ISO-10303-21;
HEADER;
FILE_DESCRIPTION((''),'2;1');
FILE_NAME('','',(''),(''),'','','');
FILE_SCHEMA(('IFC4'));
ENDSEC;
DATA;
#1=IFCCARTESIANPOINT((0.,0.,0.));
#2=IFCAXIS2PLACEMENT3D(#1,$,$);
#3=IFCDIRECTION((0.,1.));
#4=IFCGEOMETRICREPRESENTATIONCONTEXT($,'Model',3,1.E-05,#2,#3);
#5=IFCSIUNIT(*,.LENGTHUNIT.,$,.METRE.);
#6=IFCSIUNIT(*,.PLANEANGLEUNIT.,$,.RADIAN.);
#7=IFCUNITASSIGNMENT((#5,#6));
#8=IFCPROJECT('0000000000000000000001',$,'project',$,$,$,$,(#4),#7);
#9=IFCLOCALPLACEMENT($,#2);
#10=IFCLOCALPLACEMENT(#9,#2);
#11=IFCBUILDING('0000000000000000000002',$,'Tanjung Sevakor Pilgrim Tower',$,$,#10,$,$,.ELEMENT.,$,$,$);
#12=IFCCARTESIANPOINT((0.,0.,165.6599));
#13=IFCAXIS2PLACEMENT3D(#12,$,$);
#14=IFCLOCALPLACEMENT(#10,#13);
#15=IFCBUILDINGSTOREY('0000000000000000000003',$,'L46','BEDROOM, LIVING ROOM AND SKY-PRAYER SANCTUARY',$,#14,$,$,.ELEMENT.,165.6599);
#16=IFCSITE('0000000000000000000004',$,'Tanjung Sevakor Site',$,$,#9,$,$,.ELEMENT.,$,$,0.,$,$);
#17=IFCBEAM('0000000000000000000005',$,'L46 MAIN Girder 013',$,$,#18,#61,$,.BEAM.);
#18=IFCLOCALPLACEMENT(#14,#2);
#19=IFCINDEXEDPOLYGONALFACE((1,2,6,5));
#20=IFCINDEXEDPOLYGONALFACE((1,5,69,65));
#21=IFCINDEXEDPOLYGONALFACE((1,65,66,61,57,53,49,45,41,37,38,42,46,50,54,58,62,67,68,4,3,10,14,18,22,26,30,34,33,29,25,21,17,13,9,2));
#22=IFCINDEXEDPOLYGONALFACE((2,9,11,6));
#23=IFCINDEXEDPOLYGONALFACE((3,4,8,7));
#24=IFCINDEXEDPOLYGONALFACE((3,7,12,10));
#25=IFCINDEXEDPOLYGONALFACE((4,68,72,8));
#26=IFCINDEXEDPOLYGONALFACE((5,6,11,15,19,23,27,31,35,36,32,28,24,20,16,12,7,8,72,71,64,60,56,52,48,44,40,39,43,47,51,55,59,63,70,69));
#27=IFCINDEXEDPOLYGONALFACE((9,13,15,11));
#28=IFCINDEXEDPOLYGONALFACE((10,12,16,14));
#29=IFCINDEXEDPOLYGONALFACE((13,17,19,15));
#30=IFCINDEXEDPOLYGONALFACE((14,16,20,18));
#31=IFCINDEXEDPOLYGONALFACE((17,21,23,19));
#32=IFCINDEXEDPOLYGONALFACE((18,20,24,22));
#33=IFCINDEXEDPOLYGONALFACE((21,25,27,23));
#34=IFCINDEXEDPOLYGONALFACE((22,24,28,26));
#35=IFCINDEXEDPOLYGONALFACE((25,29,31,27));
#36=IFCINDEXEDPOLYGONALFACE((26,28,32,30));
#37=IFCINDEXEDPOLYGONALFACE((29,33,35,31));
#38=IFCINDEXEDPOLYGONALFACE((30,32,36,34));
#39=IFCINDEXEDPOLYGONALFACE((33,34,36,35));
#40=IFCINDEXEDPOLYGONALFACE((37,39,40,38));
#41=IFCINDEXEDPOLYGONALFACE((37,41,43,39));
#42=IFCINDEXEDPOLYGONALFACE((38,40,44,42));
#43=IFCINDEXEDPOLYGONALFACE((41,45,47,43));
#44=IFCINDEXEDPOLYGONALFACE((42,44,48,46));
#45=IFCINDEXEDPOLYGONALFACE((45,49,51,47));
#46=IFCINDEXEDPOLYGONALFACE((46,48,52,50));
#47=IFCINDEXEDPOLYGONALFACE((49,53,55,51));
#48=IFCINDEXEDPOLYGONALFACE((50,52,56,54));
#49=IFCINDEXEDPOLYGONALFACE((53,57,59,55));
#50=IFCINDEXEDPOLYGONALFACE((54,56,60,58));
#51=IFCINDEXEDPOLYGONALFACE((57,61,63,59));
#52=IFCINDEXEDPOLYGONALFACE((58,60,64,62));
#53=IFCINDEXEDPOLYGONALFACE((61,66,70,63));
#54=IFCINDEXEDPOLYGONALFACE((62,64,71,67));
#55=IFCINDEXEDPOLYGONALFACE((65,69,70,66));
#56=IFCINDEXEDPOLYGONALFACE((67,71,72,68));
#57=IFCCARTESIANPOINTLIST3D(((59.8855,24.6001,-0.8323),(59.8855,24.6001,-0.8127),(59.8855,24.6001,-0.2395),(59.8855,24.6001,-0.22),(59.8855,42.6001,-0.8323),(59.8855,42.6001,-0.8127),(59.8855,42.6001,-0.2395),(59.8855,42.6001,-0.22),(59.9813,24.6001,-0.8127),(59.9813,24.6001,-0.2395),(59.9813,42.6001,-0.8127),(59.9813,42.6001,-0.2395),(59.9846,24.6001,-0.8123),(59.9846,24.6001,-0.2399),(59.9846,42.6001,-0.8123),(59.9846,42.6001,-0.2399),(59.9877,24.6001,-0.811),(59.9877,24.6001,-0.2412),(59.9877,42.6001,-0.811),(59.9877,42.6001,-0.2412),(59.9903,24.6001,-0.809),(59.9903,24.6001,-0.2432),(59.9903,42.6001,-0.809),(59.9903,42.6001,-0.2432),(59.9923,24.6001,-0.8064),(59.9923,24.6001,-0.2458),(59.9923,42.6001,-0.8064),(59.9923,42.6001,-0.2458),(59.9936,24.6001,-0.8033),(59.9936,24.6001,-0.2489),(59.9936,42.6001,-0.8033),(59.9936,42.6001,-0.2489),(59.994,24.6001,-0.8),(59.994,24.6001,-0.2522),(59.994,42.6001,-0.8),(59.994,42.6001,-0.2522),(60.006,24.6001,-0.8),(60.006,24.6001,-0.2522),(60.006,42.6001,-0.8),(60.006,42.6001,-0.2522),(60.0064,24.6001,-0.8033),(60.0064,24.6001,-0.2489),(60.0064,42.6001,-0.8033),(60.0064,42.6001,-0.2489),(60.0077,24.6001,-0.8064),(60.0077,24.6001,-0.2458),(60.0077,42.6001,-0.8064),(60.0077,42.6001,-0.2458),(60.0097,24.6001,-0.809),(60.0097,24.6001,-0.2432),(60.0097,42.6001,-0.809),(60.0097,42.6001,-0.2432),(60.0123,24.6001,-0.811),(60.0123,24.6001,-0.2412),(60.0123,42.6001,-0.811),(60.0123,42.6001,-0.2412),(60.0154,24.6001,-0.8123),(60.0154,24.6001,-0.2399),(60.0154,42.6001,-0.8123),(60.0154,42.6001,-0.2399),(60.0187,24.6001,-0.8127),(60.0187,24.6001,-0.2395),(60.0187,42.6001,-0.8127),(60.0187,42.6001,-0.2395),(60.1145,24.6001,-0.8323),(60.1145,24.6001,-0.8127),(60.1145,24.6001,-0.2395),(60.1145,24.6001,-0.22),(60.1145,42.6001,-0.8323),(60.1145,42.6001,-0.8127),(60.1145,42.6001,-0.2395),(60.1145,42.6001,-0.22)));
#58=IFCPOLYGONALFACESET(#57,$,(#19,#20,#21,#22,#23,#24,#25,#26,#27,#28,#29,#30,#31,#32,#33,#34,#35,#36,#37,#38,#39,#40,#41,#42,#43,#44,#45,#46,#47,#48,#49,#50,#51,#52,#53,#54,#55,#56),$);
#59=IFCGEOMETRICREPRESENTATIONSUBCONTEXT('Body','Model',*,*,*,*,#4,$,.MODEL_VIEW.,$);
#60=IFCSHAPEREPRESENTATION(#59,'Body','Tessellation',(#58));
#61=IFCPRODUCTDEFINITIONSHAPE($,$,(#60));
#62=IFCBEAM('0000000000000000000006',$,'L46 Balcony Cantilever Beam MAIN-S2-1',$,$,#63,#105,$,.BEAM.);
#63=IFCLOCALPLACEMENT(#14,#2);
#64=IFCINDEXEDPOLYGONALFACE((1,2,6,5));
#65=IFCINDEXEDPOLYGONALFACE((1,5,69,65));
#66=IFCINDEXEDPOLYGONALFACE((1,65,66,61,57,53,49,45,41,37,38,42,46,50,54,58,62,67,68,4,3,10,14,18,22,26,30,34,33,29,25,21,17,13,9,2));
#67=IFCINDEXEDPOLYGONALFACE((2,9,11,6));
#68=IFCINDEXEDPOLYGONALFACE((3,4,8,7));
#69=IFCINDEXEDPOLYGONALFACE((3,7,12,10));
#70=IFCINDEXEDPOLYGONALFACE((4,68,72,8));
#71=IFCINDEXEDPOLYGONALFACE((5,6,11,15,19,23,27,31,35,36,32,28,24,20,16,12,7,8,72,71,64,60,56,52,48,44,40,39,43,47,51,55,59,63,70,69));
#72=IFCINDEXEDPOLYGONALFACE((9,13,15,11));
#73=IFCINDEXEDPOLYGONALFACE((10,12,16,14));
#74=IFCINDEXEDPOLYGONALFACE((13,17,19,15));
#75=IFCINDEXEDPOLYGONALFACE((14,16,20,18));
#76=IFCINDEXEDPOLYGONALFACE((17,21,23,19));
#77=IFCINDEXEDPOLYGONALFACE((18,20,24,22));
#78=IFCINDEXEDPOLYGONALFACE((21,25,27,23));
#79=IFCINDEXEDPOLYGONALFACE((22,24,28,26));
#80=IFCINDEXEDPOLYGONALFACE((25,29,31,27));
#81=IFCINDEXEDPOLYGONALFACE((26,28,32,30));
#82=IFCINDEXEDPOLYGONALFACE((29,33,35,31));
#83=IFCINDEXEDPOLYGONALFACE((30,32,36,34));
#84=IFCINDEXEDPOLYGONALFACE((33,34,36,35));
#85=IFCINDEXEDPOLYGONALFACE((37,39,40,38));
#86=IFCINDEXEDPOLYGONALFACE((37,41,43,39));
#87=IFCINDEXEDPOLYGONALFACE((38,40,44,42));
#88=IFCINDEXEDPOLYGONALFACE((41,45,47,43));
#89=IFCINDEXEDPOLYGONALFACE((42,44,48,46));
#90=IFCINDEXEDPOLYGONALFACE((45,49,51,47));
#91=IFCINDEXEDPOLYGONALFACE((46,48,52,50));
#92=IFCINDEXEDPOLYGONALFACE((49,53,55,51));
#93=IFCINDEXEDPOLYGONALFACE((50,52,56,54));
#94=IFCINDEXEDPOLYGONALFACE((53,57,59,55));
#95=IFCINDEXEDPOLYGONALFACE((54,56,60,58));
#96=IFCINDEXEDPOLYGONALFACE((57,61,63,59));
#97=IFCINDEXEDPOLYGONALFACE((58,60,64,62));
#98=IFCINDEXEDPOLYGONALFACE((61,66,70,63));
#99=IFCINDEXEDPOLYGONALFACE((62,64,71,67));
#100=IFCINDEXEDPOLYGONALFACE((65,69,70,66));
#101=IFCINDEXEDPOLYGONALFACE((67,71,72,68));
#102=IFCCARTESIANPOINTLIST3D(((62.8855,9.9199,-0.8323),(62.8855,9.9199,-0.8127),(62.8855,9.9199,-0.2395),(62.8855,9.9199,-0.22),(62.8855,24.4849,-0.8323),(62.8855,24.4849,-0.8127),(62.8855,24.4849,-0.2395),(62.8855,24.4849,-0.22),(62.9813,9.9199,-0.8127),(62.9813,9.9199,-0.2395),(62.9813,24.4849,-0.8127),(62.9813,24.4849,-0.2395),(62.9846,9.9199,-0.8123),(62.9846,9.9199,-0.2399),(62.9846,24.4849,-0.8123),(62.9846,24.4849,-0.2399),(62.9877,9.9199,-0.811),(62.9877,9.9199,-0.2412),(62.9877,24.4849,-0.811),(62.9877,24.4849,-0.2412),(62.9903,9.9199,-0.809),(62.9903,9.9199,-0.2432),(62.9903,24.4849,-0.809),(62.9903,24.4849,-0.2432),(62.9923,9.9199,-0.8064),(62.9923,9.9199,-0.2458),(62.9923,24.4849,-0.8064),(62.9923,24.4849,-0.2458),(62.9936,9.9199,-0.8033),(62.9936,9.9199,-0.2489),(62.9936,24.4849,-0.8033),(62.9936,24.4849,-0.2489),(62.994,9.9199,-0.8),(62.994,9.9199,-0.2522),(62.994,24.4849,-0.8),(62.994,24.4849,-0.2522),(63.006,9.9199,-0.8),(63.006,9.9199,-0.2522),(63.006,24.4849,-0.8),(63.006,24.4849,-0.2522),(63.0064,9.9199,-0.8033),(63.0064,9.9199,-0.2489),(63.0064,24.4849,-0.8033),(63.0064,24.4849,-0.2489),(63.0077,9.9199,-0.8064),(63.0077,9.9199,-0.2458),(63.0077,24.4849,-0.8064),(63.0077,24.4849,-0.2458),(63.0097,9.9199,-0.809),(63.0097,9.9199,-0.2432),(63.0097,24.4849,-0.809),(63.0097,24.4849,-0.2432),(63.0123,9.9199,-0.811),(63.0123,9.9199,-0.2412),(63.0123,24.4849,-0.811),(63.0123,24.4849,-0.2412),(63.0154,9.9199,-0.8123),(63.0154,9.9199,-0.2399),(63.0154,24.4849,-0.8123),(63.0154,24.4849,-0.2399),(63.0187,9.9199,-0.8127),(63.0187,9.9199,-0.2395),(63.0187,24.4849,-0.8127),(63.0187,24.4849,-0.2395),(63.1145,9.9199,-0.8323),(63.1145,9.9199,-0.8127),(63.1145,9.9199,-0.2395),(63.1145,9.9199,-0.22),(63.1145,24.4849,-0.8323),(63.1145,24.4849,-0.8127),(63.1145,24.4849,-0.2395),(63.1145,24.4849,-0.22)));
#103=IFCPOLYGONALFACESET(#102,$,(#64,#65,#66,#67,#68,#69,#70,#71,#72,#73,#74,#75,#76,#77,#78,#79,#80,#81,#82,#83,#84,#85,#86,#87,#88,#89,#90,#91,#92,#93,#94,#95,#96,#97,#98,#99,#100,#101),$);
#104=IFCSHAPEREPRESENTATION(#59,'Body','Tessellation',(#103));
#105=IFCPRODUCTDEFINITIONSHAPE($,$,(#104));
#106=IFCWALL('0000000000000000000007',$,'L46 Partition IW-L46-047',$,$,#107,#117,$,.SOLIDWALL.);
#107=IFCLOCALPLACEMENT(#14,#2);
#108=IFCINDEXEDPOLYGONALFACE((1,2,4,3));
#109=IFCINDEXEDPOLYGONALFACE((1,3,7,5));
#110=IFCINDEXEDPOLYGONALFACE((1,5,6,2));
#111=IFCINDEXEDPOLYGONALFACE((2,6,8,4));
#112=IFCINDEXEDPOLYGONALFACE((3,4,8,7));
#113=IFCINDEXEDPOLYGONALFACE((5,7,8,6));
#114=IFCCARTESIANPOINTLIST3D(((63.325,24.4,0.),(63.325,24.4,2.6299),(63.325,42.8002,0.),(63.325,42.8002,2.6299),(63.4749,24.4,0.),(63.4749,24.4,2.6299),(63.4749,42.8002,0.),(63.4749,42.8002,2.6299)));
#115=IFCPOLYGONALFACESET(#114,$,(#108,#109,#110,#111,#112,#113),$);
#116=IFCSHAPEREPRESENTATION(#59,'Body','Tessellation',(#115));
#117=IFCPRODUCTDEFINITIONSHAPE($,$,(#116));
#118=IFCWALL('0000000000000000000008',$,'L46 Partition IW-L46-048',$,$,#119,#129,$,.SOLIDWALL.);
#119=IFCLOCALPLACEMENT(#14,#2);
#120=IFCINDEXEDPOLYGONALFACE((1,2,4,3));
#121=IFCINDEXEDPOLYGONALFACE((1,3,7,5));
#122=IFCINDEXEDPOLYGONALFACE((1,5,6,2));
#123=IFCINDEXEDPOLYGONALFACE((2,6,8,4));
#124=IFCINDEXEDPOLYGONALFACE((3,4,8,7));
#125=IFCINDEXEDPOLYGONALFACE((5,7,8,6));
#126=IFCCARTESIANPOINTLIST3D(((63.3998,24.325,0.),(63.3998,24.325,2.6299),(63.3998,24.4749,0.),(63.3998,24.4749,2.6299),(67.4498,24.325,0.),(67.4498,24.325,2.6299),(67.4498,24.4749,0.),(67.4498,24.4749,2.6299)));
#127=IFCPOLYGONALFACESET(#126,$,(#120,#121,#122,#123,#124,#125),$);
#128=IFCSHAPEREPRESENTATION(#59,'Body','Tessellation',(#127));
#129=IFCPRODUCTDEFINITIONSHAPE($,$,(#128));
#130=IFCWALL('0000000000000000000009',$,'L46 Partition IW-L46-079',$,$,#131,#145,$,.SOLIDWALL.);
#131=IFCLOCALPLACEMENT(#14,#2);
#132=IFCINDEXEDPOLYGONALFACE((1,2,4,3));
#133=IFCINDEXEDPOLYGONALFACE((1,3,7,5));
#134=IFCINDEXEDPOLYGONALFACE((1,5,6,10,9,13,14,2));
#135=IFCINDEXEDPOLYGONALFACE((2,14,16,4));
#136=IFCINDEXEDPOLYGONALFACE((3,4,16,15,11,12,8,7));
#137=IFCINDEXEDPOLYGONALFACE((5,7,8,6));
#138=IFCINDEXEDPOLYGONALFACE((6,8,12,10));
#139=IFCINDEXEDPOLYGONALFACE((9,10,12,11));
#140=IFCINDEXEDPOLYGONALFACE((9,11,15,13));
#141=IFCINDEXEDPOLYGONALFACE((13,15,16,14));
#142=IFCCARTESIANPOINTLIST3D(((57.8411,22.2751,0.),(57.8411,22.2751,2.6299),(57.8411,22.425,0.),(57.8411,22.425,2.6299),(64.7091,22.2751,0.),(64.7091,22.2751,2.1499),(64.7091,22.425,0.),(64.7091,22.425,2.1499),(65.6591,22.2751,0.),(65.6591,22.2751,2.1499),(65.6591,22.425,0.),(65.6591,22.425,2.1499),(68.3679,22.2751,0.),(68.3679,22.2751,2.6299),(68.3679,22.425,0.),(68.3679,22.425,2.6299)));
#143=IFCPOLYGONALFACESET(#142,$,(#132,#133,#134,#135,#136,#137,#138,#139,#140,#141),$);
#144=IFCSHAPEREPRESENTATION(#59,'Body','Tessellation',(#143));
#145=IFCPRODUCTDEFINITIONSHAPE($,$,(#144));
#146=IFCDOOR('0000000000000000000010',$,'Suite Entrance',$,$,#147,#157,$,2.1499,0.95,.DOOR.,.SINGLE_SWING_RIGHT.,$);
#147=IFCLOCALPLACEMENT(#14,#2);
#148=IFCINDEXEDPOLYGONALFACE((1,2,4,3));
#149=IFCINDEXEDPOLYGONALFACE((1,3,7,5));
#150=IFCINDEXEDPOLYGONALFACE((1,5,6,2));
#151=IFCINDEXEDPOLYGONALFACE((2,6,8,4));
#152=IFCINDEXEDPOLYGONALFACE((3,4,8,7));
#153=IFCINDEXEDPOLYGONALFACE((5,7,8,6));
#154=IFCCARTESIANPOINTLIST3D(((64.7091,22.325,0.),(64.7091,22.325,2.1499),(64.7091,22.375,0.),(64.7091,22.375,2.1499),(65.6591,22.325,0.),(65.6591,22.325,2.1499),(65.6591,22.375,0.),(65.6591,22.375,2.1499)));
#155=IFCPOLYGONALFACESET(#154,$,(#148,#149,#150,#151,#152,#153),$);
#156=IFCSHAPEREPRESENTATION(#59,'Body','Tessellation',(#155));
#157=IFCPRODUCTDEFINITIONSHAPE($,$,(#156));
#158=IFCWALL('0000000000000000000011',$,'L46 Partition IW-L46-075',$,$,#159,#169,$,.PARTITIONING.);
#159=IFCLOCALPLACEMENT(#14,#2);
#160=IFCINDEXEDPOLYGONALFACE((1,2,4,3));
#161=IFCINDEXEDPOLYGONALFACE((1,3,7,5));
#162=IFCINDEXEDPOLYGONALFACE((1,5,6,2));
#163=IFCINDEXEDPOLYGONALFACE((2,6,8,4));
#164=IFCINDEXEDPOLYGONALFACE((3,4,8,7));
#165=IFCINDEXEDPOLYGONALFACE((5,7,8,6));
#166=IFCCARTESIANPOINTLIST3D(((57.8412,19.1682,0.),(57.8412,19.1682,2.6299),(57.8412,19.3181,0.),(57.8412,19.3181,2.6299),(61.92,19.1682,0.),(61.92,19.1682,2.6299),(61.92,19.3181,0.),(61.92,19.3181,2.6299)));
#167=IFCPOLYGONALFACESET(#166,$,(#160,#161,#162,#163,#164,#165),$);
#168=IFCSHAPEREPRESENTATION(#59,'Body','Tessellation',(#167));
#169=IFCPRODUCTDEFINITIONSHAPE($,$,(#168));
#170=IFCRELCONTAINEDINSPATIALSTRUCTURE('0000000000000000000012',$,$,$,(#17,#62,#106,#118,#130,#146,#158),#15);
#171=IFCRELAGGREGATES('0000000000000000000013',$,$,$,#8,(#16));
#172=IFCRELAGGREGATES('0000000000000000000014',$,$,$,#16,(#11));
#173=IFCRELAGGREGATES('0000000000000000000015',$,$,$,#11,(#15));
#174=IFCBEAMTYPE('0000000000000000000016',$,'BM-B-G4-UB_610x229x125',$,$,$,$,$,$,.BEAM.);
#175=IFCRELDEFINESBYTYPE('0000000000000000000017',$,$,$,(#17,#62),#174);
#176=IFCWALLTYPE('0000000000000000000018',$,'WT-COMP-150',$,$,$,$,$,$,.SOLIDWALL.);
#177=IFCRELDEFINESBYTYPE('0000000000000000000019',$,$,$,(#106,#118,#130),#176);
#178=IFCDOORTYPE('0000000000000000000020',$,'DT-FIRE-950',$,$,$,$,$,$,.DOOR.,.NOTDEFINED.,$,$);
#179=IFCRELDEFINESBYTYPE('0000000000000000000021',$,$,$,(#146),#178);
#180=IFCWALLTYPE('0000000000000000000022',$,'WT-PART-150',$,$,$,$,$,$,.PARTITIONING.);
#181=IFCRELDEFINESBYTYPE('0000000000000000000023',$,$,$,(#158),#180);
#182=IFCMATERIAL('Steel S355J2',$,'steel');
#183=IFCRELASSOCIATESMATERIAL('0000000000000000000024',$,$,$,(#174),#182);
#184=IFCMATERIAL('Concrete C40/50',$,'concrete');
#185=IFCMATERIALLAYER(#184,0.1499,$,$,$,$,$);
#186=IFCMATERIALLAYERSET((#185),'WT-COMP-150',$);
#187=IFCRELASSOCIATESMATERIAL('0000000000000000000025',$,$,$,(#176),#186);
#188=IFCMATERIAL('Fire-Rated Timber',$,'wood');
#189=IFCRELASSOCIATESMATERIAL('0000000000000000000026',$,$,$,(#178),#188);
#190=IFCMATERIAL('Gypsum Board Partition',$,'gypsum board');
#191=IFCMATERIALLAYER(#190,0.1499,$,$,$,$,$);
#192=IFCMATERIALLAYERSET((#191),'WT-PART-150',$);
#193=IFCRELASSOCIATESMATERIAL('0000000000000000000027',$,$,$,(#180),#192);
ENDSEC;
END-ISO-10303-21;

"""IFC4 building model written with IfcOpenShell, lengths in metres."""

from ifc_helpers import new_model, si_unit, direction, frame, frame_2d, origin, origin_2d, place, context, subcontext, project, spatial, rectangle, i_section, extrude, material, layer, layer_set, material_profile, profile_set, type_object, element, fill, save


model = new_model("IFC4")

# Units and contexts
model_context = context("Model", 3, precision=1e-05, world=origin(), true_north=direction((0.0, 1.0)))
body_context = subcontext(model_context, "Body", "Model", "MODEL_VIEW")
ifc_project = project(units=[si_unit("LENGTHUNIT", "METRE"), si_unit("PLANEANGLEUNIT", "RADIAN")], contexts=[model_context])

# Site, building, storey
site_placement = place(None, origin())
site = spatial("IfcSite", under=ifc_project, at=site_placement, Name="Tanjung Sevakor Site", CompositionType="ELEMENT", RefElevation=0.0)
building_placement = place(site_placement, origin())
building = spatial("IfcBuilding", under=site, at=building_placement, Name="Tanjung Sevakor Pilgrim Tower", CompositionType="ELEMENT")
storey_placement = place(building_placement, frame((0.0, 0.0, 165.6599)))
storey = spatial("IfcBuildingStorey", under=building, at=storey_placement, Name="L46", Description="BEDROOM, LIVING ROOM AND SKY-PRAYER SANCTUARY", CompositionType="ELEMENT", Elevation=165.6599)

# Beams
ifc_material_1 = material(Name="Steel S355J2", Category="steel")
ifc_material_profile_1 = material_profile(ifc_material_1, i_section(OverallWidth=0.229, OverallDepth=0.6123, WebThickness=0.012, FlangeThickness=0.0195, FilletRadius=0.0127, at=origin_2d()))
ifc_profile_set_1 = profile_set([ifc_material_profile_1], Name="Steel S355J2")
beam_type_1 = type_object("IfcBeamType", Name="BM-B-G4-UB_610x229x125", PredefinedType="BEAM", material=ifc_profile_set_1)
for number, where, z_axis, x_axis, name in (
    (1, (60.0, 24.6001, -0.5261), (0.0, 1.0, 0.0), (-1.0, 0.0, 0.0), "L46 MAIN Girder 013"),
):
    element("IfcBeam", number, at=place(storey_placement, frame(where, z_axis=z_axis, x_axis=x_axis)), inside=storey, type_object=beam_type_1, Name=name, PredefinedType="BEAM", context=body_context, shape_type="SweptSolid", body=[
        extrude(i_section(OverallWidth=0.229, OverallDepth=0.6123, WebThickness=0.012, FlangeThickness=0.0195, FilletRadius=0.0127, at=origin_2d()), origin(), (0.0, 0.0, 1.0), 18.0),
    ])
beam_placement = place(storey_placement, frame((63.0, 24.4849, -0.5261), z_axis=(0.0, -1.0, 0.0), x_axis=(1.0, 0.0, 0.0)))
element("IfcBeam", 2, at=beam_placement, inside=storey, type_object=beam_type_1, Name="L46 Balcony Cantilever Beam MAIN-S2-1", PredefinedType="BEAM", context=body_context, shape_type="SweptSolid", body=[
    extrude(i_section(OverallWidth=0.229, OverallDepth=0.6123, WebThickness=0.012, FlangeThickness=0.0195, FilletRadius=0.0127, at=origin_2d()), origin(), (0.0, 0.0, 1.0), 14.5649),
])

# Walls
ifc_material_2 = material(Name="Concrete C40/50", Category="concrete")
ifc_layer_1 = layer(ifc_material_2, 0.1499)
ifc_layer_set_1 = layer_set([ifc_layer_1], Name="WT-COMP-150")
wall_type_1 = type_object("IfcWallType", Name="WT-COMP-150", PredefinedType="SOLIDWALL", material=ifc_layer_set_1)
wall_1_placement = place(storey_placement, frame((63.3999, 24.3999, 0.0), z_axis=(0.0, 0.0, 1.0), x_axis=(0.0, 1.0, 0.0)))
element("IfcWall", 3, at=wall_1_placement, inside=storey, type_object=wall_type_1, Name="L46 Partition IW-L46-047", PredefinedType="SOLIDWALL", context=body_context, shape_type="SweptSolid", body=[
    extrude(rectangle(XDim=18.4001, YDim=0.1499, at=frame_2d((9.2002, 0.0))), origin(), (0.0, 0.0, 1.0), 2.6299),
])
wall_2_placement = place(storey_placement, frame((63.3999, 24.3999, 0.0), z_axis=(0.0, 0.0, 1.0), x_axis=(1.0, 0.0, 0.0)))
element("IfcWall", 4, at=wall_2_placement, inside=storey, type_object=wall_type_1, Name="L46 Partition IW-L46-048", PredefinedType="SOLIDWALL", context=body_context, shape_type="SweptSolid", body=[
    extrude(rectangle(XDim=4.05, YDim=0.1499, at=frame_2d((2.0249, 0.0))), origin(), (0.0, 0.0, 1.0), 2.6299),
])

# Wall, opening, door
wall_3_placement = place(storey_placement, frame((57.8411, 22.3501, 0.0), z_axis=(0.0, 0.0, 1.0), x_axis=(1.0, 0.0, 0.0)))
wall_3 = element("IfcWall", 5, at=wall_3_placement, inside=storey, type_object=wall_type_1, Name="L46 Partition IW-L46-079", PredefinedType="SOLIDWALL", context=body_context, shape_type="SweptSolid", body=[
    extrude(rectangle(XDim=10.5269, YDim=0.1499, at=frame_2d((5.2634, 0.0))), origin(), (0.0, 0.0, 1.0), 2.6299),
])
opening_1_placement = place(wall_3_placement, frame((6.8679, 0.0, 0.0)))
opening_1 = element("IfcOpeningElement", 6, at=opening_1_placement, cuts=wall_3, PredefinedType="OPENING", context=body_context, shape_type="SweptSolid", body=[
    extrude(rectangle(XDim=0.95, YDim=2.1499, at=frame_2d((0.4751, 1.075))), frame((0.0, 0.085, 0.0), z_axis=(0.0, -1.0, 0.0), x_axis=(1.0, 0.0, 0.0)), (0.0, 0.0, 1.0), 0.1699),
])
ifc_material_3 = material(Name="Fire-Rated Timber", Category="wood")
door_type_1 = type_object("IfcDoorType", Name="DT-FIRE-950", OperationType="NOTDEFINED", PredefinedType="DOOR", material=ifc_material_3)
door_1_placement = place(opening_1_placement, origin())
door_1 = element("IfcDoor", 7, at=door_1_placement, inside=storey, type_object=door_type_1, Name="Suite Entrance", OperationType="SINGLE_SWING_RIGHT", OverallHeight=2.1499, OverallWidth=0.95, PredefinedType="DOOR", context=body_context, shape_type="SweptSolid", body=[
    extrude(rectangle(XDim=0.95, YDim=2.1499, at=frame_2d((0.4751, 1.075))), frame((0.0, 0.0249, 0.0), z_axis=(0.0, -1.0, 0.0), x_axis=(1.0, 0.0, 0.0)), (0.0, 0.0, 1.0), 0.05),
])
fill(opening_1, door_1)

# Wall
ifc_material_4 = material(Name="Gypsum Board Partition", Category="gypsum board")
ifc_layer_2 = layer(ifc_material_4, 0.1499)
ifc_layer_set_2 = layer_set([ifc_layer_2], Name="WT-PART-150")
wall_type_2 = type_object("IfcWallType", Name="WT-PART-150", PredefinedType="PARTITIONING", material=ifc_layer_set_2)
wall_4_placement = place(storey_placement, frame((57.8411, 19.2432, 0.0), z_axis=(0.0, 0.0, 1.0), x_axis=(1.0, 0.0, 0.0)))
element("IfcWall", 8, at=wall_4_placement, inside=storey, type_object=wall_type_2, Name="L46 Partition IW-L46-075", PredefinedType="PARTITIONING", context=body_context, shape_type="SweptSolid", body=[
    extrude(rectangle(XDim=4.0789, YDim=0.1499, at=frame_2d((2.0396, 0.0))), origin(), (0.0, 0.0, 1.0), 2.6299),
])

save(model, "model.ifc")
